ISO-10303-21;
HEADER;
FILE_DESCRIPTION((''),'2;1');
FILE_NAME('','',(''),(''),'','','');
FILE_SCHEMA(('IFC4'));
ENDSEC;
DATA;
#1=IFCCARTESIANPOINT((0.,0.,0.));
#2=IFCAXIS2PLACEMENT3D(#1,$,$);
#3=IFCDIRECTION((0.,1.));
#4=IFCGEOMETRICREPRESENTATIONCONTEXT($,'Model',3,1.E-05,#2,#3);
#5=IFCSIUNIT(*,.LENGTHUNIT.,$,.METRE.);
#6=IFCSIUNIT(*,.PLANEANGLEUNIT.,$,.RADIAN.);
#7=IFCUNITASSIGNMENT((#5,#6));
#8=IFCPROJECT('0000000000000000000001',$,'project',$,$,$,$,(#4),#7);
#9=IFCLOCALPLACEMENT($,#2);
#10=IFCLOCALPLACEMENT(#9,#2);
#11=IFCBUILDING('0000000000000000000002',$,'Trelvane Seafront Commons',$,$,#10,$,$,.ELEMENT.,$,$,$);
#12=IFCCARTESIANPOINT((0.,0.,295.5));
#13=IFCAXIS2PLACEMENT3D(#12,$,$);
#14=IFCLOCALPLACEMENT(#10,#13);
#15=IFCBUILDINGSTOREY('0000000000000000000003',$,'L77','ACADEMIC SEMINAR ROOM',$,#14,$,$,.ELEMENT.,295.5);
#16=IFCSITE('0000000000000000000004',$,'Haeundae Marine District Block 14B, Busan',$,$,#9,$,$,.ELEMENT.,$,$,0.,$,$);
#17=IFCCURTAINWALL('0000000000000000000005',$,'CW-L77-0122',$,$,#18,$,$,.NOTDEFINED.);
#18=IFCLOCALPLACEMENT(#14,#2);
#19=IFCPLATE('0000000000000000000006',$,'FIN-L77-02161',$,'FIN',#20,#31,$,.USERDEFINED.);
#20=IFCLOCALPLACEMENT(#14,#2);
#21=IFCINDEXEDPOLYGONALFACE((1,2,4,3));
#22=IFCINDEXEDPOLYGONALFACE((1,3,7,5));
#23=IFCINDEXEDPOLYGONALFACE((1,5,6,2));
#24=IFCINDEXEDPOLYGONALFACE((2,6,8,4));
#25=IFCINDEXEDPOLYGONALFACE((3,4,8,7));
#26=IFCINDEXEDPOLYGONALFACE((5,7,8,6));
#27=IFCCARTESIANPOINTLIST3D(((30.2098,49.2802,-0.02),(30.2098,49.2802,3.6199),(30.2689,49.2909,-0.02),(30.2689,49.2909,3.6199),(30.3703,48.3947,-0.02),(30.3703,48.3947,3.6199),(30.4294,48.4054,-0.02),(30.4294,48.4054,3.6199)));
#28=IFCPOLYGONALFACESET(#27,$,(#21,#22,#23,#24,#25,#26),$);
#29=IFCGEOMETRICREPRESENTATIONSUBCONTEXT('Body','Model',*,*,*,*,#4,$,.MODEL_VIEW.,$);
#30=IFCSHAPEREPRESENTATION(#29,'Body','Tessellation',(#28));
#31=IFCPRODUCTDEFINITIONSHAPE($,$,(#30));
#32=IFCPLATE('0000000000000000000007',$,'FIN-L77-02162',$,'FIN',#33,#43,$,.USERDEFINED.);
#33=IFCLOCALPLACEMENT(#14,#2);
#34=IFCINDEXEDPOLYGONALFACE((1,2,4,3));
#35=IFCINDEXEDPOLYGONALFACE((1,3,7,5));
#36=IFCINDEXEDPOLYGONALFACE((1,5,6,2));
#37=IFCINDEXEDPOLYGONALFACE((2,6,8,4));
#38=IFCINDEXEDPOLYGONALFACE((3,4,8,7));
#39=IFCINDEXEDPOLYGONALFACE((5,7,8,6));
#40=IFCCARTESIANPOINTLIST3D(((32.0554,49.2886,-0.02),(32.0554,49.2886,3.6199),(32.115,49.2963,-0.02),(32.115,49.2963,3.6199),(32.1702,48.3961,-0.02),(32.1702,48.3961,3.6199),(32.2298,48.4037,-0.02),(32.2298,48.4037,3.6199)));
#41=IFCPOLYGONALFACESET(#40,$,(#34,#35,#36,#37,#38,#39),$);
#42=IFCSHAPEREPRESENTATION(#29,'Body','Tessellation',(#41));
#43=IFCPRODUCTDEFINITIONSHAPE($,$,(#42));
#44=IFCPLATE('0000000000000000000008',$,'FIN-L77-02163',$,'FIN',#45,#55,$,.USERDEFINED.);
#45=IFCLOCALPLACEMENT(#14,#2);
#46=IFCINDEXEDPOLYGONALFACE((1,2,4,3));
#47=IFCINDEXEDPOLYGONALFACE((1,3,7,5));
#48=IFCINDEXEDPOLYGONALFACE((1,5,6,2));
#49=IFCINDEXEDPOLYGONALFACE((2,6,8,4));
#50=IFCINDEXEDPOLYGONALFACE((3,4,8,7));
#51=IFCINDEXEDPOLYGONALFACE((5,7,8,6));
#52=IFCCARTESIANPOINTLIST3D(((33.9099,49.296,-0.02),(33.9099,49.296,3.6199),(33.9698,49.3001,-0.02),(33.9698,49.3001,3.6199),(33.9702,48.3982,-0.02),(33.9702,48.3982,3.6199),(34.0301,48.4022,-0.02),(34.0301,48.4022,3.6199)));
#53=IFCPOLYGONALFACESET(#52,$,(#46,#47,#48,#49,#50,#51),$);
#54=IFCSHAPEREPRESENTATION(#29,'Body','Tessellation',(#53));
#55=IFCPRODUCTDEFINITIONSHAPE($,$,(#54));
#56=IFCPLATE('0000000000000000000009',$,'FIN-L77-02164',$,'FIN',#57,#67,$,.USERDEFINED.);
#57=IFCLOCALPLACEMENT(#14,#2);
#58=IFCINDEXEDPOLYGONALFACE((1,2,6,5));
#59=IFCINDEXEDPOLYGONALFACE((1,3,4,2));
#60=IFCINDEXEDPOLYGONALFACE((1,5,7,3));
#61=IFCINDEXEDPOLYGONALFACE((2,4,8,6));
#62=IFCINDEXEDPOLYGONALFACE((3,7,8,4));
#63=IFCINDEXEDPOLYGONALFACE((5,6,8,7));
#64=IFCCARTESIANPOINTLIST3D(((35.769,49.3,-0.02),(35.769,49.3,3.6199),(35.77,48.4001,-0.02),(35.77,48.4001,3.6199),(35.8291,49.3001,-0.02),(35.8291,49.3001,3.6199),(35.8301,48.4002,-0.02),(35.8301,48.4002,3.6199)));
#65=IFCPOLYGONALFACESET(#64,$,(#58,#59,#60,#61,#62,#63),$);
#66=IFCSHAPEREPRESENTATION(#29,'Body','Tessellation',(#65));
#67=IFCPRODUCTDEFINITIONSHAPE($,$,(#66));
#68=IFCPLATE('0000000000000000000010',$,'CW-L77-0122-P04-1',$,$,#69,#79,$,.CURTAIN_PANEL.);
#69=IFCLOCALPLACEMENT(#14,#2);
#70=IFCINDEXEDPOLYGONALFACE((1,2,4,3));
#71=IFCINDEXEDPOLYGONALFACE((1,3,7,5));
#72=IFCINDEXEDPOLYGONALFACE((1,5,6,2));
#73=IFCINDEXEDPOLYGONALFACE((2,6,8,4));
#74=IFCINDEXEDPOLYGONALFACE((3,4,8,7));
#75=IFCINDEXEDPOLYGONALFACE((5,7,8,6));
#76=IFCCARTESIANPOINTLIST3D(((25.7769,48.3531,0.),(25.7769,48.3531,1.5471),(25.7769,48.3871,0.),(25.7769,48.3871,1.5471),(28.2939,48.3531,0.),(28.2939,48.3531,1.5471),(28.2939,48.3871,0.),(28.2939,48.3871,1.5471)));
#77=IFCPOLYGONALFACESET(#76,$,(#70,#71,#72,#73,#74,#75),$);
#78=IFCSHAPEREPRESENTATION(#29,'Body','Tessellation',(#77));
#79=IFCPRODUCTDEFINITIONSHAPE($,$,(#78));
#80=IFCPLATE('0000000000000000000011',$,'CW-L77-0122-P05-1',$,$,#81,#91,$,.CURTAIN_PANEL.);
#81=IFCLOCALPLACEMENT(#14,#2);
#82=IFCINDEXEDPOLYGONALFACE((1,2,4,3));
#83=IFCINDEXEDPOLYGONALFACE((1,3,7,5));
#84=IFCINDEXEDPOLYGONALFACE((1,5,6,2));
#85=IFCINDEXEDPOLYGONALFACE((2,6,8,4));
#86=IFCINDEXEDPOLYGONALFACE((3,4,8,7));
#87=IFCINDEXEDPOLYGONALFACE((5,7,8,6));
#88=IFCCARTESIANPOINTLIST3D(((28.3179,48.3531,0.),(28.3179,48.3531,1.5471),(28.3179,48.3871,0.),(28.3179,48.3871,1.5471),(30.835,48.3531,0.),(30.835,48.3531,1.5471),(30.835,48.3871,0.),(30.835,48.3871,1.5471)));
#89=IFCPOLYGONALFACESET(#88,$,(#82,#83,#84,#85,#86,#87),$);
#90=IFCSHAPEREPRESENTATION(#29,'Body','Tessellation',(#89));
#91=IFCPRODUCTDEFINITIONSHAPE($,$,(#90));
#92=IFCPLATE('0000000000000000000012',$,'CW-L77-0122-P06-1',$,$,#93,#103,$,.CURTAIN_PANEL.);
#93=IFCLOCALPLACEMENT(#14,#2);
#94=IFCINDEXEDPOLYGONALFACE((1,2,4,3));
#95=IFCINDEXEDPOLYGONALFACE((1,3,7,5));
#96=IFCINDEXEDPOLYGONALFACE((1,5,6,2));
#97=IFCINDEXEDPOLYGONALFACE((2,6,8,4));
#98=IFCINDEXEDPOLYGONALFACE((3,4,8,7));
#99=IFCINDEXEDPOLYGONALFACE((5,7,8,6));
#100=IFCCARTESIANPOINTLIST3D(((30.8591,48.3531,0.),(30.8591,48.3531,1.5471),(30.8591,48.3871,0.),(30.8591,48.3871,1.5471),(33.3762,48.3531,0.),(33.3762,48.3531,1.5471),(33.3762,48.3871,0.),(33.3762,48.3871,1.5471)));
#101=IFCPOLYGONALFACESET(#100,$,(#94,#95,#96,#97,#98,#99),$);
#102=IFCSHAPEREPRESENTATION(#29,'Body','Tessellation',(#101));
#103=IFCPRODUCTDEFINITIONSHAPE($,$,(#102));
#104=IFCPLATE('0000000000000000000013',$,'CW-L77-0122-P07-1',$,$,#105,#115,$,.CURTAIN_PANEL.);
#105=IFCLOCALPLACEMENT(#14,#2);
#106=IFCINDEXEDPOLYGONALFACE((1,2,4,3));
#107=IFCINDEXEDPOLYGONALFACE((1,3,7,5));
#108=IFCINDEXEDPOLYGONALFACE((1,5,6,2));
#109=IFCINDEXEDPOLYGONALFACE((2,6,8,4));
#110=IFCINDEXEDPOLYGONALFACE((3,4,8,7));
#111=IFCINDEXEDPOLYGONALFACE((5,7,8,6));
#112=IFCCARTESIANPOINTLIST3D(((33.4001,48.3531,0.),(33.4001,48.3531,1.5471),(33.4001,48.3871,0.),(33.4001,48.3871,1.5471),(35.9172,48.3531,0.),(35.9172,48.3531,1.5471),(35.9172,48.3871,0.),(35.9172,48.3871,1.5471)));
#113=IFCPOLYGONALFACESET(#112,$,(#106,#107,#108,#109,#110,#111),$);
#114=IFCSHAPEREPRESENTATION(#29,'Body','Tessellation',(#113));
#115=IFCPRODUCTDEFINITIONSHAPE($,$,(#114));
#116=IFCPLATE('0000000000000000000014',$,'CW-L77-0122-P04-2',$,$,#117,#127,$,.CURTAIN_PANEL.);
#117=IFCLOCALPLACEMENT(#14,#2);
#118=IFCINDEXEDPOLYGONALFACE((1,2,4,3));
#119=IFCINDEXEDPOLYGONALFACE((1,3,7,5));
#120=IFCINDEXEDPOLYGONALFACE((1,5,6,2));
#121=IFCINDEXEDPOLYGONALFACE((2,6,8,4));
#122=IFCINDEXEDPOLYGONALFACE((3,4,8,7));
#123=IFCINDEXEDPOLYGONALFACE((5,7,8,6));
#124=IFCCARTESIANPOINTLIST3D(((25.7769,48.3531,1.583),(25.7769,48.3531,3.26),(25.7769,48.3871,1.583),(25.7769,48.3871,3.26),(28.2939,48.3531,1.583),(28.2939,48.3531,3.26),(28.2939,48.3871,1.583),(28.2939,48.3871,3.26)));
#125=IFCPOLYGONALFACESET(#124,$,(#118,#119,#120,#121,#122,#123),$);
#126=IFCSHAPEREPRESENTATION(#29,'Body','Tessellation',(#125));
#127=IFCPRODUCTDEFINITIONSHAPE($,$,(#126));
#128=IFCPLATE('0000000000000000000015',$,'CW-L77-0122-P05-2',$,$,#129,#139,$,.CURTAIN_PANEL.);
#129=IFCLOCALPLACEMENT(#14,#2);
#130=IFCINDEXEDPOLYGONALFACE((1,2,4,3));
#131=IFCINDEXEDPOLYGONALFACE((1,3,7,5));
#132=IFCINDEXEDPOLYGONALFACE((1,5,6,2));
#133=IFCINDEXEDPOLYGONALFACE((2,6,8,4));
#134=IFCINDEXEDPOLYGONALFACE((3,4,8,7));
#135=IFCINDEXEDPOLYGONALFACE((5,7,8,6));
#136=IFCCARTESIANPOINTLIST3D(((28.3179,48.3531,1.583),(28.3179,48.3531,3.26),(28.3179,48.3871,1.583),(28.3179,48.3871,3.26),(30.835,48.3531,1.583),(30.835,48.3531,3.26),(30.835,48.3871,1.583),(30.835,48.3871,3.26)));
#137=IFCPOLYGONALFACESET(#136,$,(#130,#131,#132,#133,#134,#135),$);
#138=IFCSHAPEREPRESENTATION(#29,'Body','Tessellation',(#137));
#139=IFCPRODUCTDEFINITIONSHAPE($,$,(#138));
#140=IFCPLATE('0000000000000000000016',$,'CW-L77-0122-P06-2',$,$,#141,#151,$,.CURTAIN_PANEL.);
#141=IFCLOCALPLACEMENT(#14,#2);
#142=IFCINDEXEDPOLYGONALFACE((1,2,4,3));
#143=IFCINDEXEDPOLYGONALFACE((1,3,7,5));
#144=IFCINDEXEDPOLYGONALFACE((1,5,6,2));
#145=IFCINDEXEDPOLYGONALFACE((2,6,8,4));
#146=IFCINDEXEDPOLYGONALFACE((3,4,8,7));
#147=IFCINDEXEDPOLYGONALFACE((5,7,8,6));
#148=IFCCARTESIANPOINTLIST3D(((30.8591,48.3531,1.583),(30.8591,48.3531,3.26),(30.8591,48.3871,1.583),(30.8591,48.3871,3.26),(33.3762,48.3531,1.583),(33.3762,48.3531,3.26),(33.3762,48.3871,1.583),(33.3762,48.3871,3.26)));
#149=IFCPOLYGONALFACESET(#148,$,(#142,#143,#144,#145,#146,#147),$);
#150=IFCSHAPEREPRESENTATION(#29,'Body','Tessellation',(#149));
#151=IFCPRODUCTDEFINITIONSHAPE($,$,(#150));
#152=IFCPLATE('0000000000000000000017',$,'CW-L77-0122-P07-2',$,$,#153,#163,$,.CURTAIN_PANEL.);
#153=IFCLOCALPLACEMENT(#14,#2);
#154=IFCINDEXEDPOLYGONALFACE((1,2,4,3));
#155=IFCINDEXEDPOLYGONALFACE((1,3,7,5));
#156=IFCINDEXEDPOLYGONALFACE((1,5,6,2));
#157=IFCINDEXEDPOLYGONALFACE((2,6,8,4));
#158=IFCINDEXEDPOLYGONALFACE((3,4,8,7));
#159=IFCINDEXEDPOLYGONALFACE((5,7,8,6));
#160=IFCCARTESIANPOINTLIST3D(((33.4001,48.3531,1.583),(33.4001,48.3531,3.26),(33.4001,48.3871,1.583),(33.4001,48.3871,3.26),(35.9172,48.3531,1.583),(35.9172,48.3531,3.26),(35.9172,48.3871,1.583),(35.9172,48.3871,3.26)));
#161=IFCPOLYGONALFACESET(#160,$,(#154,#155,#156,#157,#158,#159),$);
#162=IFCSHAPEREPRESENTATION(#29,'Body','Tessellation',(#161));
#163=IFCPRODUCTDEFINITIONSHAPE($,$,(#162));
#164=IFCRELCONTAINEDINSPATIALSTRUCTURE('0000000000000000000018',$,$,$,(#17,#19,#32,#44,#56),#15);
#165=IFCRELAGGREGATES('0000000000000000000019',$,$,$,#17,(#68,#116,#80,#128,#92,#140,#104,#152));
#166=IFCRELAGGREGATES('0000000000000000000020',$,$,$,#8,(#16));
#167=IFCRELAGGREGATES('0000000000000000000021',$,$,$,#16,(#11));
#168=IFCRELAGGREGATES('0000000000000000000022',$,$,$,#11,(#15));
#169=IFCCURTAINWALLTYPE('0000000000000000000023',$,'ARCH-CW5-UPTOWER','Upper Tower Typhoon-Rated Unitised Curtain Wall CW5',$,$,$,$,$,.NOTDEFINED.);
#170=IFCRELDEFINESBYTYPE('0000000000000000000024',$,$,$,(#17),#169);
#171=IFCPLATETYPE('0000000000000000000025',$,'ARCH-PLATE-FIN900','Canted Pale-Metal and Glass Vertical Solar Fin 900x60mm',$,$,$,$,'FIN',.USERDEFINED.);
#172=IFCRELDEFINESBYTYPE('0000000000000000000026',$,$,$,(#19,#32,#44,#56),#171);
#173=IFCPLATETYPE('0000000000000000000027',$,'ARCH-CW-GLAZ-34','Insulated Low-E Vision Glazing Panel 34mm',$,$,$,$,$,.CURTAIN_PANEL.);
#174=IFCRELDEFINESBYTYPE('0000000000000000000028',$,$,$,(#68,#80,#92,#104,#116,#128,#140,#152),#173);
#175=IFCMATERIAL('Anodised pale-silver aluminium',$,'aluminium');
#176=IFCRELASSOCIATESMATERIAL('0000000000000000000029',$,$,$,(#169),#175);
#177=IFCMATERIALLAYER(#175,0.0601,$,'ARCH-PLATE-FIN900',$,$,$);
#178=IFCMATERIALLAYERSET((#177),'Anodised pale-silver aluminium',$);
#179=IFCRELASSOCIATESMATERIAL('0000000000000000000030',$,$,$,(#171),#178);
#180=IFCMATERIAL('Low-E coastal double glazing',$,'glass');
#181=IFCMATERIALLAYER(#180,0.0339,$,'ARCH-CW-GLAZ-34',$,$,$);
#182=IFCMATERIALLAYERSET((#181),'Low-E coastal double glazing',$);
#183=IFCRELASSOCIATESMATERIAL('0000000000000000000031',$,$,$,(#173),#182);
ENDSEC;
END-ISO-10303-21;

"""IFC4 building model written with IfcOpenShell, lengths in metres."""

from ifc_helpers import new_model, si_unit, direction, frame, origin, origin_2d, place, context, subcontext, project, spatial, rectangle, extrude, source, transform, mapped, material, layer, layer_set, type_object, element, aggregate, save


model = new_model("IFC4")

# Units and contexts
model_context = context("Model", 3, precision=1e-05, world=origin(), true_north=direction((0.0, 1.0)))
body_context = subcontext(model_context, "Body", "Model", "MODEL_VIEW")
ifc_project = project(units=[si_unit("LENGTHUNIT", "METRE"), si_unit("PLANEANGLEUNIT", "RADIAN")], contexts=[model_context])

# Site, building, storey
site_placement = place(None, origin())
site = spatial("IfcSite", under=ifc_project, at=site_placement, Name="Haeundae Marine District Block 14B, Busan", CompositionType="ELEMENT", RefElevation=0.0)
building_placement = place(site_placement, origin())
building = spatial("IfcBuilding", under=site, at=building_placement, Name="Trelvane Seafront Commons", CompositionType="ELEMENT")
storey_placement = place(building_placement, frame((0.0, 0.0, 295.5)))
storey = spatial("IfcBuildingStorey", under=building, at=storey_placement, Name="L77", Description="ACADEMIC SEMINAR ROOM", CompositionType="ELEMENT", Elevation=295.5)

# Curtain wall
ifc_material_1 = material(Name="Anodised pale-silver aluminium", Category="aluminium")
curtain_wall_type = type_object("IfcCurtainWallType", Name="ARCH-CW5-UPTOWER", Description="Upper Tower Typhoon-Rated Unitised Curtain Wall CW5", PredefinedType="NOTDEFINED", material=ifc_material_1)
curtain_wall_placement = place(storey_placement, origin())
curtain_wall = element("IfcCurtainWall", 1, at=curtain_wall_placement, inside=storey, type_object=curtain_wall_type, Name="CW-L77-0122", PredefinedType="NOTDEFINED")

# Plates
ifc_layer_1 = layer(ifc_material_1, 0.0601, Name="ARCH-PLATE-FIN900")
ifc_layer_set_1 = layer_set([ifc_layer_1], Name="Anodised pale-silver aluminium")
plate_type_1 = type_object("IfcPlateType", Name="ARCH-PLATE-FIN900", Description="Canted Pale-Metal and Glass Vertical Solar Fin 900x60mm", ElementType="FIN", PredefinedType="USERDEFINED", material=ifc_layer_set_1)
shared_shape_1 = source(origin(), body_context, "Body", "SweptSolid", [
    extrude(rectangle(XDim=0.8999, YDim=0.0601, at=origin_2d()), origin(), (0.0, 0.0, 1.0), 3.6399),
])
for number, where, z_axis, x_axis, name in (
    (2, (30.3196, 48.8428, -0.02), (0.0, 0.0, 1.0), (-0.178328, 0.983971, 0.0), "FIN-L77-02161"),
    (3, (32.1426, 48.8462, -0.02), (0.0, 0.0, 1.0), (-0.127563, 0.99183, 0.0), "FIN-L77-02162"),
    (4, (33.97, 48.8491, -0.02), (0.0, 0.0, 1.0), (-0.066998, 0.997753, 0.0), "FIN-L77-02163"),
    (5, (35.7996, 48.8501, -0.02), (0.0, 0.0, 1.0), (-0.001112, 0.999999, 0.0), "FIN-L77-02164"),
):
    element("IfcPlate", number, at=place(storey_placement, frame(where, z_axis=z_axis, x_axis=x_axis)), inside=storey, type_object=plate_type_1, Name=name, ObjectType="FIN", PredefinedType="USERDEFINED", context=body_context, shape_type="MappedRepresentation", body=[
        mapped(shared_shape_1, transform((0.0, 0.0, 0.0), x_axis=(1.0, 0.0, 0.0), y_axis=(0.0, 1.0, 0.0), z_axis=(0.0, 0.0, 1.0), scale=1.0)),
    ])

# Plates
ifc_material_2 = material(Name="Low-E coastal double glazing", Category="glass")
ifc_layer_2 = layer(ifc_material_2, 0.0339, Name="ARCH-CW-GLAZ-34")
ifc_layer_set_2 = layer_set([ifc_layer_2], Name="Low-E coastal double glazing")
plate_type_2 = type_object("IfcPlateType", Name="ARCH-CW-GLAZ-34", Description="Insulated Low-E Vision Glazing Panel 34mm", PredefinedType="CURTAIN_PANEL", material=ifc_layer_set_2)
shared_shape_2 = source(origin(), body_context, "Body", "SweptSolid", [
    extrude(rectangle(XDim=2.5171, YDim=0.0339, at=origin_2d()), origin(), (0.0, 0.0, 1.0), 1.5471),
])
plate_1_placement = place(storey_placement, frame((27.0354, 48.3701, 0.0), z_axis=(0.0, 0.0, 1.0), x_axis=(1.0, 0.0, 0.0)))
plate_1 = element("IfcPlate", 6, at=plate_1_placement, type_object=plate_type_2, Name="CW-L77-0122-P04-1", PredefinedType="CURTAIN_PANEL", context=body_context, shape_type="MappedRepresentation", body=[
    mapped(shared_shape_2, transform((0.0, 0.0, 0.0), x_axis=(1.0, 0.0, 0.0), y_axis=(0.0, 1.0, 0.0), z_axis=(0.0, 0.0, 1.0), scale=1.0)),
])
plate_2_placement = place(storey_placement, frame((29.5764, 48.3701, 0.0), z_axis=(0.0, 0.0, 1.0), x_axis=(1.0, 0.0, 0.0)))
plate_2 = element("IfcPlate", 7, at=plate_2_placement, type_object=plate_type_2, Name="CW-L77-0122-P05-1", PredefinedType="CURTAIN_PANEL", context=body_context, shape_type="MappedRepresentation", body=[
    mapped(shared_shape_2, transform((0.0, 0.0, 0.0), x_axis=(1.0, 0.0, 0.0), y_axis=(0.0, 1.0, 0.0), z_axis=(0.0, 0.0, 1.0), scale=1.0)),
])
plate_3_placement = place(storey_placement, frame((32.1177, 48.3701, 0.0), z_axis=(0.0, 0.0, 1.0), x_axis=(1.0, 0.0, 0.0)))
plate_3 = element("IfcPlate", 8, at=plate_3_placement, type_object=plate_type_2, Name="CW-L77-0122-P06-1", PredefinedType="CURTAIN_PANEL", context=body_context, shape_type="MappedRepresentation", body=[
    mapped(shared_shape_2, transform((0.0, 0.0, 0.0), x_axis=(1.0, 0.0, 0.0), y_axis=(0.0, 1.0, 0.0), z_axis=(0.0, 0.0, 1.0), scale=1.0)),
])
plate_4_placement = place(storey_placement, frame((34.6587, 48.3701, 0.0), z_axis=(0.0, 0.0, 1.0), x_axis=(1.0, 0.0, 0.0)))
plate_4 = element("IfcPlate", 9, at=plate_4_placement, type_object=plate_type_2, Name="CW-L77-0122-P07-1", PredefinedType="CURTAIN_PANEL", context=body_context, shape_type="MappedRepresentation", body=[
    mapped(shared_shape_2, transform((0.0, 0.0, 0.0), x_axis=(1.0, 0.0, 0.0), y_axis=(0.0, 1.0, 0.0), z_axis=(0.0, 0.0, 1.0), scale=1.0)),
])
shared_shape_3 = source(origin(), body_context, "Body", "SweptSolid", [
    extrude(rectangle(XDim=2.5171, YDim=0.0339, at=origin_2d()), origin(), (0.0, 0.0, 1.0), 1.677),
])
plate_5_placement = place(storey_placement, frame((27.0354, 48.3701, 1.583), z_axis=(0.0, 0.0, 1.0), x_axis=(1.0, 0.0, 0.0)))
plate_5 = element("IfcPlate", 10, at=plate_5_placement, type_object=plate_type_2, Name="CW-L77-0122-P04-2", PredefinedType="CURTAIN_PANEL", context=body_context, shape_type="MappedRepresentation", body=[
    mapped(shared_shape_3, transform((0.0, 0.0, 0.0), x_axis=(1.0, 0.0, 0.0), y_axis=(0.0, 1.0, 0.0), z_axis=(0.0, 0.0, 1.0), scale=1.0)),
])
plate_6_placement = place(storey_placement, frame((29.5764, 48.3701, 1.583), z_axis=(0.0, 0.0, 1.0), x_axis=(1.0, 0.0, 0.0)))
plate_6 = element("IfcPlate", 11, at=plate_6_placement, type_object=plate_type_2, Name="CW-L77-0122-P05-2", PredefinedType="CURTAIN_PANEL", context=body_context, shape_type="MappedRepresentation", body=[
    mapped(shared_shape_3, transform((0.0, 0.0, 0.0), x_axis=(1.0, 0.0, 0.0), y_axis=(0.0, 1.0, 0.0), z_axis=(0.0, 0.0, 1.0), scale=1.0)),
])
plate_7_placement = place(storey_placement, frame((32.1177, 48.3701, 1.583), z_axis=(0.0, 0.0, 1.0), x_axis=(1.0, 0.0, 0.0)))
plate_7 = element("IfcPlate", 12, at=plate_7_placement, type_object=plate_type_2, Name="CW-L77-0122-P06-2", PredefinedType="CURTAIN_PANEL", context=body_context, shape_type="MappedRepresentation", body=[
    mapped(shared_shape_3, transform((0.0, 0.0, 0.0), x_axis=(1.0, 0.0, 0.0), y_axis=(0.0, 1.0, 0.0), z_axis=(0.0, 0.0, 1.0), scale=1.0)),
])
plate_8_placement = place(storey_placement, frame((34.6587, 48.3701, 1.583), z_axis=(0.0, 0.0, 1.0), x_axis=(1.0, 0.0, 0.0)))
plate_8 = element("IfcPlate", 13, at=plate_8_placement, type_object=plate_type_2, Name="CW-L77-0122-P07-2", PredefinedType="CURTAIN_PANEL", context=body_context, shape_type="MappedRepresentation", body=[
    mapped(shared_shape_3, transform((0.0, 0.0, 0.0), x_axis=(1.0, 0.0, 0.0), y_axis=(0.0, 1.0, 0.0), z_axis=(0.0, 0.0, 1.0), scale=1.0)),
])
aggregate(curtain_wall, [plate_1, plate_5, plate_2, plate_6, plate_3, plate_7, plate_4, plate_8])

save(model, "model.ifc")
